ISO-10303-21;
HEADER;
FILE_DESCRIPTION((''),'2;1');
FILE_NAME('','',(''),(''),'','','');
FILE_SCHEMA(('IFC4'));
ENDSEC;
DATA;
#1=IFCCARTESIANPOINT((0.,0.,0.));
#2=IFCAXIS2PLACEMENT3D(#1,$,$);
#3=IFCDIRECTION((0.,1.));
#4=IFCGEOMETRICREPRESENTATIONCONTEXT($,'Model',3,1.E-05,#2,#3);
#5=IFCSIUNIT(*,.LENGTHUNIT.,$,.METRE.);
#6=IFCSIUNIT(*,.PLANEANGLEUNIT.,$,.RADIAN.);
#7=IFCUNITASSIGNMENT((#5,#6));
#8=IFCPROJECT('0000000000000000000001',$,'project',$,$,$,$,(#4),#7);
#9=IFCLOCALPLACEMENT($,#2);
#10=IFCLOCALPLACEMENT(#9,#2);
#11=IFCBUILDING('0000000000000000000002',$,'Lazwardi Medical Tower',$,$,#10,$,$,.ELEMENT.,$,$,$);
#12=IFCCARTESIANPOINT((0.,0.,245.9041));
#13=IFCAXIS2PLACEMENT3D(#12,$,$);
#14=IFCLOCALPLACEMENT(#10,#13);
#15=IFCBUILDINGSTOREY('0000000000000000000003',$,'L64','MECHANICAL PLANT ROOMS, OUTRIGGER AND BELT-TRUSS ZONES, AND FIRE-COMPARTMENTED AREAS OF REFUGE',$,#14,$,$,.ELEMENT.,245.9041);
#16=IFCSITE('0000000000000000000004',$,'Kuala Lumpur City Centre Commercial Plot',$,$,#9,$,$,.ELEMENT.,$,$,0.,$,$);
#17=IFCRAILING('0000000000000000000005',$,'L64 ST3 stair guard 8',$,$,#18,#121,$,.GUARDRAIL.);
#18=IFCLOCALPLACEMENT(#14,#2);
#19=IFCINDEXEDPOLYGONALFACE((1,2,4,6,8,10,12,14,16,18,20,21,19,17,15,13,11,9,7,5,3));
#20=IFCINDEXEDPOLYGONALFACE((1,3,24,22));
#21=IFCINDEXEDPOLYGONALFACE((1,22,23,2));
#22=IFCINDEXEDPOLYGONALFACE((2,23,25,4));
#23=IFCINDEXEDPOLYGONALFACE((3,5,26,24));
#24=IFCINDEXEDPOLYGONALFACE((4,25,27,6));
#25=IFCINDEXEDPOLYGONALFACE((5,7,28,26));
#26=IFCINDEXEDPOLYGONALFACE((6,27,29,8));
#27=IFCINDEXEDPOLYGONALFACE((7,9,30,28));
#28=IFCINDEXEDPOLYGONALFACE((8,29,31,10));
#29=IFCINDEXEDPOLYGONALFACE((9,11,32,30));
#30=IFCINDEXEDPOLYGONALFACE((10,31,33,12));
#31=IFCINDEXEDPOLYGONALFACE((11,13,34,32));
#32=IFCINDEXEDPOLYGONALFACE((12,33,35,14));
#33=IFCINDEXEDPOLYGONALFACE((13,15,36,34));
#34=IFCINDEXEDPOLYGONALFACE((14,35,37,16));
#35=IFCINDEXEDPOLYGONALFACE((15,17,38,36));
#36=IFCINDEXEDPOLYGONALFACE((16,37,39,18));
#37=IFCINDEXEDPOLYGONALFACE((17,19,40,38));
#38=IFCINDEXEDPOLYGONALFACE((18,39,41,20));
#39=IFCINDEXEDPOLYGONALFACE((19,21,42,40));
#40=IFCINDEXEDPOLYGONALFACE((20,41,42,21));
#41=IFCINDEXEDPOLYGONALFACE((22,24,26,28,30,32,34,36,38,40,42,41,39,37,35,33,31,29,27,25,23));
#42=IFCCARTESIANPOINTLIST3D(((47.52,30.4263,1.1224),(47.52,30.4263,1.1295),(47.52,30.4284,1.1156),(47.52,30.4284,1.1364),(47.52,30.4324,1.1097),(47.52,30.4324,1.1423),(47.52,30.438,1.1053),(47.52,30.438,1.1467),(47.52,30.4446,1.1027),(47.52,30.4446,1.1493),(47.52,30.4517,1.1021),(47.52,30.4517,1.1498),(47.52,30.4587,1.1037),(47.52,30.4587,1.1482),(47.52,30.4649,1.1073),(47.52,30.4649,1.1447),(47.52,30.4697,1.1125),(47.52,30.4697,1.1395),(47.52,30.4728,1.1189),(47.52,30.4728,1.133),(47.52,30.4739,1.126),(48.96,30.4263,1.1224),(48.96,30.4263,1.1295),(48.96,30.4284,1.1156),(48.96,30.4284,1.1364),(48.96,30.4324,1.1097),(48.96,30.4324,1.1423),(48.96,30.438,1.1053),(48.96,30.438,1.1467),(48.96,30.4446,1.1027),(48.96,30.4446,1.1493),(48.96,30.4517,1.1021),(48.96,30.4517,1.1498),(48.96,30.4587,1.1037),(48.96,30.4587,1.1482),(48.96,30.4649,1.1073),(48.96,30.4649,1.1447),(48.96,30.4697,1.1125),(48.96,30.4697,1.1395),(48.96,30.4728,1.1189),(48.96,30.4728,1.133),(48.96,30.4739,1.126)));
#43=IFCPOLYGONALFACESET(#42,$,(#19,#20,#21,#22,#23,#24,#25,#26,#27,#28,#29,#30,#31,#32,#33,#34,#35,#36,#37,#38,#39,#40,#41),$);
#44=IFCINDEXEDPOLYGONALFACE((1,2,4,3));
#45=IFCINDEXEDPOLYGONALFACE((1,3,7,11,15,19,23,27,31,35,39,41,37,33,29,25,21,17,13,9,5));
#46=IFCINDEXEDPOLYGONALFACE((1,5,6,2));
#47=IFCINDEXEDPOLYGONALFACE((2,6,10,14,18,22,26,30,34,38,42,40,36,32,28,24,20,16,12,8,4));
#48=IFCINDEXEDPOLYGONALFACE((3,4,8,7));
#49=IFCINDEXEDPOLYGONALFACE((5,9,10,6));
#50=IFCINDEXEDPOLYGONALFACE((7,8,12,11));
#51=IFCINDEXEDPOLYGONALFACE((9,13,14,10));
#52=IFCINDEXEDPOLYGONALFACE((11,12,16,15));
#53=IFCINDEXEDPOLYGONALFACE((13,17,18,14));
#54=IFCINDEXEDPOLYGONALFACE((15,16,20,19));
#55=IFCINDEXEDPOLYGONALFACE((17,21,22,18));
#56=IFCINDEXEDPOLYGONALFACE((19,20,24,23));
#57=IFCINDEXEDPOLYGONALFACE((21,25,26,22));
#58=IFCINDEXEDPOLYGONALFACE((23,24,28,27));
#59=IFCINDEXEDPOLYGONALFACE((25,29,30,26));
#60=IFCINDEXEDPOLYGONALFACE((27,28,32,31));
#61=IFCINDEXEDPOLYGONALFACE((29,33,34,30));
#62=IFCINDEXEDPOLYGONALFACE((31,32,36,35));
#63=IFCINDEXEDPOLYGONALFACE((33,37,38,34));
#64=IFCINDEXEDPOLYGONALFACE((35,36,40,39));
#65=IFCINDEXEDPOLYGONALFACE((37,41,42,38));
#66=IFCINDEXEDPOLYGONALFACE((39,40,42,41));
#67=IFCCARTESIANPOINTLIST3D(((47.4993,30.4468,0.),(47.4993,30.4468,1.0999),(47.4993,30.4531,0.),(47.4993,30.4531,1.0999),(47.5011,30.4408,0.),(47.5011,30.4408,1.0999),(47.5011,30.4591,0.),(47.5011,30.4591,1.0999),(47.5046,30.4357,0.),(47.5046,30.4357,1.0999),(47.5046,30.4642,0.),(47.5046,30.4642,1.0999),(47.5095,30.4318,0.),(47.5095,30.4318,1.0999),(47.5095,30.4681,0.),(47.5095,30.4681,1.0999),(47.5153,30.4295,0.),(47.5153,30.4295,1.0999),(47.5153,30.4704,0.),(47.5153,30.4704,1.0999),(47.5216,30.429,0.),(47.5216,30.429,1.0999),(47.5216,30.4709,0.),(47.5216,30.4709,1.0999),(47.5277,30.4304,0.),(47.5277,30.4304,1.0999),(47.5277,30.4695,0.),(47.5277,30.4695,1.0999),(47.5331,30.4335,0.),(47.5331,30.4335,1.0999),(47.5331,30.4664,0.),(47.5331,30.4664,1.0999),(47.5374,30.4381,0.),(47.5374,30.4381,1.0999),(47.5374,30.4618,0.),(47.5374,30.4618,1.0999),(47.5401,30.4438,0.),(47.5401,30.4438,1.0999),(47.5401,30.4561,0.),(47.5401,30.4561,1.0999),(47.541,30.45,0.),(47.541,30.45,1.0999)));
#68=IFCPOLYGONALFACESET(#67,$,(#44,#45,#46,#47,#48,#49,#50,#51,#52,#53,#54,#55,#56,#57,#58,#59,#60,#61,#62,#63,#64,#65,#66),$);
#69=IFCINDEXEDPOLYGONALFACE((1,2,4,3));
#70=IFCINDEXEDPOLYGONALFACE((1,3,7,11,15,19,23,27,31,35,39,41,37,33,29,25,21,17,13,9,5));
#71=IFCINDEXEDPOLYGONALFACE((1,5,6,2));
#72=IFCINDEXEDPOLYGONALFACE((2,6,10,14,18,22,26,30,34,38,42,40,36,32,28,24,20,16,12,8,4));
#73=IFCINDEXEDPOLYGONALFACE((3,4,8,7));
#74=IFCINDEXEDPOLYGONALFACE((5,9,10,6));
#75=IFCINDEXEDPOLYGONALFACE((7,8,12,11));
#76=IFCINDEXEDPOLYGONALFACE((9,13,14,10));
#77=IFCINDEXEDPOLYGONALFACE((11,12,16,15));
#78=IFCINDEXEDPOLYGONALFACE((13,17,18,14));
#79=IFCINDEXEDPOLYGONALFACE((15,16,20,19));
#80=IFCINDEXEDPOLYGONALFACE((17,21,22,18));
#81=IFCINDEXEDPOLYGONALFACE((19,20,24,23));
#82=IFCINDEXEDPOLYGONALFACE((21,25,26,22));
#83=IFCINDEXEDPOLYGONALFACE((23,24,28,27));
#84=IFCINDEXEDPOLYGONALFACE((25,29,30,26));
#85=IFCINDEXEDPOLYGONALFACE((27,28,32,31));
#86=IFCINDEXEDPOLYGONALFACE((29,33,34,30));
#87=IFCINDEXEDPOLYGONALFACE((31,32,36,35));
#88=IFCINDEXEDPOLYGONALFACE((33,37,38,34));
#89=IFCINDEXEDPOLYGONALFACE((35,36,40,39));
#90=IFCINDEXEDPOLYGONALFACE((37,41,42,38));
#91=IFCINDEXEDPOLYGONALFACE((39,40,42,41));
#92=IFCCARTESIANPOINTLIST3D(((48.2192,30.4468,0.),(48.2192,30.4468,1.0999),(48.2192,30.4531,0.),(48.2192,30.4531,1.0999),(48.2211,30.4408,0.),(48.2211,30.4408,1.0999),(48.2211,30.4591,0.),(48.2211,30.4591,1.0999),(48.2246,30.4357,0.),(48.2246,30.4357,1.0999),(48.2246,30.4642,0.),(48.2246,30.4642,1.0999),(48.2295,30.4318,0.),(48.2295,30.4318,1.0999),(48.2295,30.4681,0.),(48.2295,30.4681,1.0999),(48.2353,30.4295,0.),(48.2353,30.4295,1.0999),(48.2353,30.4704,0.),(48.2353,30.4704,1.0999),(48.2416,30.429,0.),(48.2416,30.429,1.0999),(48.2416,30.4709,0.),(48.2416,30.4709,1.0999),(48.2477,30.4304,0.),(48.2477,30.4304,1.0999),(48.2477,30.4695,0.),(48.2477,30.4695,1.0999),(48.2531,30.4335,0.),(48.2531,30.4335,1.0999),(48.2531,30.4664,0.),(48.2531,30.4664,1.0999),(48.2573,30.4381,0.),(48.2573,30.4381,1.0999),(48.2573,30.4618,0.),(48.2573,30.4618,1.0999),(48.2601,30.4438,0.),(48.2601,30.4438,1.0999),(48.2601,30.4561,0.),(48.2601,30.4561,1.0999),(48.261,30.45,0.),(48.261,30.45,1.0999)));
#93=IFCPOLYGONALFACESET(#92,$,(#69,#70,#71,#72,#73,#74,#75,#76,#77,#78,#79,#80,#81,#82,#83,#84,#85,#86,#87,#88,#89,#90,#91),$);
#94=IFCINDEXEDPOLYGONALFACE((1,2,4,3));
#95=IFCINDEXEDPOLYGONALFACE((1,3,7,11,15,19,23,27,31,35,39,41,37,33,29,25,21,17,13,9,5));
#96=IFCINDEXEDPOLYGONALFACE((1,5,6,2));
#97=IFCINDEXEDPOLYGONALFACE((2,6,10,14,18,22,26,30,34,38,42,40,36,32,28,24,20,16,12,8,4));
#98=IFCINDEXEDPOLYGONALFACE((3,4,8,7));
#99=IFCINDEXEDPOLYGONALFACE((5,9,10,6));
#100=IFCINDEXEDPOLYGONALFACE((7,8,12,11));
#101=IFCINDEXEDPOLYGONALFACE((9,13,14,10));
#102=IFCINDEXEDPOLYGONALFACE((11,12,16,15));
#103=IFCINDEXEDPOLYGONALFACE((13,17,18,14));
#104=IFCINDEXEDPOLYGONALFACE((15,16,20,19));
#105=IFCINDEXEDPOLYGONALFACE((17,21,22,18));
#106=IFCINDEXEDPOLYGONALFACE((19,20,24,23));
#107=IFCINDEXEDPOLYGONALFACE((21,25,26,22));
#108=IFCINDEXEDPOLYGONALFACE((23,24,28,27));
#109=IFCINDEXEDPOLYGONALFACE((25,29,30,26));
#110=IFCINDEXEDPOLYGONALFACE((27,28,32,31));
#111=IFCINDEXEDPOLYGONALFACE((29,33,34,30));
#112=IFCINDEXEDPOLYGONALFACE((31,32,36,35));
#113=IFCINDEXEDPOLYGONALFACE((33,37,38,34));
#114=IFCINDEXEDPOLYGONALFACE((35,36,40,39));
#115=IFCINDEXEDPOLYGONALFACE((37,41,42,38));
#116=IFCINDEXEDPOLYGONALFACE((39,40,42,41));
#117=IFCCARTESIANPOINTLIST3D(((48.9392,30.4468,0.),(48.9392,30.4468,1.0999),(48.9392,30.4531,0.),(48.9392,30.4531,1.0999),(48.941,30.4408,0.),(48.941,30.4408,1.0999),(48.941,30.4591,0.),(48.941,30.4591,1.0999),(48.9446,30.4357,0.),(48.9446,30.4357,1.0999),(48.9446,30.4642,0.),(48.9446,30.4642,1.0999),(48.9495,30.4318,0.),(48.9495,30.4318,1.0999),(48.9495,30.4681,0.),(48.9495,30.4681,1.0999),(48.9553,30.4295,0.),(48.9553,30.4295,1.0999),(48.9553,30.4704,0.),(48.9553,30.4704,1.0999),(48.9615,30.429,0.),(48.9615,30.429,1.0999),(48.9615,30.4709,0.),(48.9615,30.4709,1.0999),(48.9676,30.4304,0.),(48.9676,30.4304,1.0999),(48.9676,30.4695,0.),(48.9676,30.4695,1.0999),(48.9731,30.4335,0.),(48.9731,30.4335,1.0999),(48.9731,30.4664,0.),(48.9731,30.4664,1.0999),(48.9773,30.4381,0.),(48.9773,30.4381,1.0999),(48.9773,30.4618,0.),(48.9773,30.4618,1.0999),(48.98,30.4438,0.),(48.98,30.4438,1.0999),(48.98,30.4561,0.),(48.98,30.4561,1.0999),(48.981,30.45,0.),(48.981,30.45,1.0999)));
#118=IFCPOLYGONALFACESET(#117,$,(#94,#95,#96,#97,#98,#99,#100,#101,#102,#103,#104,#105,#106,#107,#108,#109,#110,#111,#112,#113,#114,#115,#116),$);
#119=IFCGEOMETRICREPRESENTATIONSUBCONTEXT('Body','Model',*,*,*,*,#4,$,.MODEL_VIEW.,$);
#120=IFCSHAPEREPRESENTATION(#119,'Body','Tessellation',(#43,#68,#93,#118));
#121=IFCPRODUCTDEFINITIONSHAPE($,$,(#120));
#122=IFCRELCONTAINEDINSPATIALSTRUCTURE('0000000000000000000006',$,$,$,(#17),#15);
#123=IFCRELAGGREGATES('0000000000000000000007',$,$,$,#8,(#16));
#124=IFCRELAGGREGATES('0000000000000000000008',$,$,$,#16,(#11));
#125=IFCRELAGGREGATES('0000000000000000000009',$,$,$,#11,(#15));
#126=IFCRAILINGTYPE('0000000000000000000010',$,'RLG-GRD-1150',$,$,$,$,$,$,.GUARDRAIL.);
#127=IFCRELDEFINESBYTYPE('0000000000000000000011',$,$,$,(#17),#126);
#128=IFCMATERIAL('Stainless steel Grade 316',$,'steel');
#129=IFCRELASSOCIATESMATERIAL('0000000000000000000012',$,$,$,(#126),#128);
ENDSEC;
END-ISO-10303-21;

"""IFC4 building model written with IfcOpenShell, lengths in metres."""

from ifc_helpers import new_model, si_unit, direction, frame, origin, origin_2d, place, context, subcontext, project, spatial, circle, extrude, material, type_object, element, save


model = new_model("IFC4")

# Units and contexts
model_context = context("Model", 3, precision=1e-05, world=origin(), true_north=direction((0.0, 1.0)))
body_context = subcontext(model_context, "Body", "Model", "MODEL_VIEW")
ifc_project = project(units=[si_unit("LENGTHUNIT", "METRE"), si_unit("PLANEANGLEUNIT", "RADIAN")], contexts=[model_context])

# Site, building, storey
site_placement = place(None, origin())
site = spatial("IfcSite", under=ifc_project, at=site_placement, Name="Kuala Lumpur City Centre Commercial Plot", CompositionType="ELEMENT", RefElevation=0.0)
building_placement = place(site_placement, origin())
building = spatial("IfcBuilding", under=site, at=building_placement, Name="Lazwardi Medical Tower", CompositionType="ELEMENT")
storey_placement = place(building_placement, frame((0.0, 0.0, 245.9041)))
storey = spatial("IfcBuildingStorey", under=building, at=storey_placement, Name="L64", Description="MECHANICAL PLANT ROOMS, OUTRIGGER AND BELT-TRUSS ZONES, AND FIRE-COMPARTMENTED AREAS OF REFUGE", CompositionType="ELEMENT", Elevation=245.9041)

# Railing
ifc_material_1 = material(Name="Stainless steel Grade 316", Category="steel")
railing_type_1 = type_object("IfcRailingType", Name="RLG-GRD-1150", PredefinedType="GUARDRAIL", material=ifc_material_1)
railing_1_placement = place(storey_placement, frame((47.52, 30.45, 0.0)))
element("IfcRailing", 1, at=railing_1_placement, inside=storey, type_object=railing_type_1, Name="L64 ST3 stair guard 8", PredefinedType="GUARDRAIL", context=body_context, shape_type="SweptSolid", body=[
    extrude(circle(Radius=0.0239, at=origin_2d()), frame((0.0, 0.0, 1.126), z_axis=(1.0, 0.0, 0.0), x_axis=(0.0, 1.0, 0.0)), (0.0, 0.0, 1.0), 1.4399),
    extrude(circle(Radius=0.021, at=origin_2d()), origin(), (0.0, 0.0, 1.0), 1.0999),
    extrude(circle(Radius=0.021, at=origin_2d()), frame((0.72, 0.0, 0.0)), (0.0, 0.0, 1.0), 1.0999),
    extrude(circle(Radius=0.021, at=origin_2d()), frame((1.4399, 0.0, 0.0)), (0.0, 0.0, 1.0), 1.0999),
])

save(model, "model.ifc")
